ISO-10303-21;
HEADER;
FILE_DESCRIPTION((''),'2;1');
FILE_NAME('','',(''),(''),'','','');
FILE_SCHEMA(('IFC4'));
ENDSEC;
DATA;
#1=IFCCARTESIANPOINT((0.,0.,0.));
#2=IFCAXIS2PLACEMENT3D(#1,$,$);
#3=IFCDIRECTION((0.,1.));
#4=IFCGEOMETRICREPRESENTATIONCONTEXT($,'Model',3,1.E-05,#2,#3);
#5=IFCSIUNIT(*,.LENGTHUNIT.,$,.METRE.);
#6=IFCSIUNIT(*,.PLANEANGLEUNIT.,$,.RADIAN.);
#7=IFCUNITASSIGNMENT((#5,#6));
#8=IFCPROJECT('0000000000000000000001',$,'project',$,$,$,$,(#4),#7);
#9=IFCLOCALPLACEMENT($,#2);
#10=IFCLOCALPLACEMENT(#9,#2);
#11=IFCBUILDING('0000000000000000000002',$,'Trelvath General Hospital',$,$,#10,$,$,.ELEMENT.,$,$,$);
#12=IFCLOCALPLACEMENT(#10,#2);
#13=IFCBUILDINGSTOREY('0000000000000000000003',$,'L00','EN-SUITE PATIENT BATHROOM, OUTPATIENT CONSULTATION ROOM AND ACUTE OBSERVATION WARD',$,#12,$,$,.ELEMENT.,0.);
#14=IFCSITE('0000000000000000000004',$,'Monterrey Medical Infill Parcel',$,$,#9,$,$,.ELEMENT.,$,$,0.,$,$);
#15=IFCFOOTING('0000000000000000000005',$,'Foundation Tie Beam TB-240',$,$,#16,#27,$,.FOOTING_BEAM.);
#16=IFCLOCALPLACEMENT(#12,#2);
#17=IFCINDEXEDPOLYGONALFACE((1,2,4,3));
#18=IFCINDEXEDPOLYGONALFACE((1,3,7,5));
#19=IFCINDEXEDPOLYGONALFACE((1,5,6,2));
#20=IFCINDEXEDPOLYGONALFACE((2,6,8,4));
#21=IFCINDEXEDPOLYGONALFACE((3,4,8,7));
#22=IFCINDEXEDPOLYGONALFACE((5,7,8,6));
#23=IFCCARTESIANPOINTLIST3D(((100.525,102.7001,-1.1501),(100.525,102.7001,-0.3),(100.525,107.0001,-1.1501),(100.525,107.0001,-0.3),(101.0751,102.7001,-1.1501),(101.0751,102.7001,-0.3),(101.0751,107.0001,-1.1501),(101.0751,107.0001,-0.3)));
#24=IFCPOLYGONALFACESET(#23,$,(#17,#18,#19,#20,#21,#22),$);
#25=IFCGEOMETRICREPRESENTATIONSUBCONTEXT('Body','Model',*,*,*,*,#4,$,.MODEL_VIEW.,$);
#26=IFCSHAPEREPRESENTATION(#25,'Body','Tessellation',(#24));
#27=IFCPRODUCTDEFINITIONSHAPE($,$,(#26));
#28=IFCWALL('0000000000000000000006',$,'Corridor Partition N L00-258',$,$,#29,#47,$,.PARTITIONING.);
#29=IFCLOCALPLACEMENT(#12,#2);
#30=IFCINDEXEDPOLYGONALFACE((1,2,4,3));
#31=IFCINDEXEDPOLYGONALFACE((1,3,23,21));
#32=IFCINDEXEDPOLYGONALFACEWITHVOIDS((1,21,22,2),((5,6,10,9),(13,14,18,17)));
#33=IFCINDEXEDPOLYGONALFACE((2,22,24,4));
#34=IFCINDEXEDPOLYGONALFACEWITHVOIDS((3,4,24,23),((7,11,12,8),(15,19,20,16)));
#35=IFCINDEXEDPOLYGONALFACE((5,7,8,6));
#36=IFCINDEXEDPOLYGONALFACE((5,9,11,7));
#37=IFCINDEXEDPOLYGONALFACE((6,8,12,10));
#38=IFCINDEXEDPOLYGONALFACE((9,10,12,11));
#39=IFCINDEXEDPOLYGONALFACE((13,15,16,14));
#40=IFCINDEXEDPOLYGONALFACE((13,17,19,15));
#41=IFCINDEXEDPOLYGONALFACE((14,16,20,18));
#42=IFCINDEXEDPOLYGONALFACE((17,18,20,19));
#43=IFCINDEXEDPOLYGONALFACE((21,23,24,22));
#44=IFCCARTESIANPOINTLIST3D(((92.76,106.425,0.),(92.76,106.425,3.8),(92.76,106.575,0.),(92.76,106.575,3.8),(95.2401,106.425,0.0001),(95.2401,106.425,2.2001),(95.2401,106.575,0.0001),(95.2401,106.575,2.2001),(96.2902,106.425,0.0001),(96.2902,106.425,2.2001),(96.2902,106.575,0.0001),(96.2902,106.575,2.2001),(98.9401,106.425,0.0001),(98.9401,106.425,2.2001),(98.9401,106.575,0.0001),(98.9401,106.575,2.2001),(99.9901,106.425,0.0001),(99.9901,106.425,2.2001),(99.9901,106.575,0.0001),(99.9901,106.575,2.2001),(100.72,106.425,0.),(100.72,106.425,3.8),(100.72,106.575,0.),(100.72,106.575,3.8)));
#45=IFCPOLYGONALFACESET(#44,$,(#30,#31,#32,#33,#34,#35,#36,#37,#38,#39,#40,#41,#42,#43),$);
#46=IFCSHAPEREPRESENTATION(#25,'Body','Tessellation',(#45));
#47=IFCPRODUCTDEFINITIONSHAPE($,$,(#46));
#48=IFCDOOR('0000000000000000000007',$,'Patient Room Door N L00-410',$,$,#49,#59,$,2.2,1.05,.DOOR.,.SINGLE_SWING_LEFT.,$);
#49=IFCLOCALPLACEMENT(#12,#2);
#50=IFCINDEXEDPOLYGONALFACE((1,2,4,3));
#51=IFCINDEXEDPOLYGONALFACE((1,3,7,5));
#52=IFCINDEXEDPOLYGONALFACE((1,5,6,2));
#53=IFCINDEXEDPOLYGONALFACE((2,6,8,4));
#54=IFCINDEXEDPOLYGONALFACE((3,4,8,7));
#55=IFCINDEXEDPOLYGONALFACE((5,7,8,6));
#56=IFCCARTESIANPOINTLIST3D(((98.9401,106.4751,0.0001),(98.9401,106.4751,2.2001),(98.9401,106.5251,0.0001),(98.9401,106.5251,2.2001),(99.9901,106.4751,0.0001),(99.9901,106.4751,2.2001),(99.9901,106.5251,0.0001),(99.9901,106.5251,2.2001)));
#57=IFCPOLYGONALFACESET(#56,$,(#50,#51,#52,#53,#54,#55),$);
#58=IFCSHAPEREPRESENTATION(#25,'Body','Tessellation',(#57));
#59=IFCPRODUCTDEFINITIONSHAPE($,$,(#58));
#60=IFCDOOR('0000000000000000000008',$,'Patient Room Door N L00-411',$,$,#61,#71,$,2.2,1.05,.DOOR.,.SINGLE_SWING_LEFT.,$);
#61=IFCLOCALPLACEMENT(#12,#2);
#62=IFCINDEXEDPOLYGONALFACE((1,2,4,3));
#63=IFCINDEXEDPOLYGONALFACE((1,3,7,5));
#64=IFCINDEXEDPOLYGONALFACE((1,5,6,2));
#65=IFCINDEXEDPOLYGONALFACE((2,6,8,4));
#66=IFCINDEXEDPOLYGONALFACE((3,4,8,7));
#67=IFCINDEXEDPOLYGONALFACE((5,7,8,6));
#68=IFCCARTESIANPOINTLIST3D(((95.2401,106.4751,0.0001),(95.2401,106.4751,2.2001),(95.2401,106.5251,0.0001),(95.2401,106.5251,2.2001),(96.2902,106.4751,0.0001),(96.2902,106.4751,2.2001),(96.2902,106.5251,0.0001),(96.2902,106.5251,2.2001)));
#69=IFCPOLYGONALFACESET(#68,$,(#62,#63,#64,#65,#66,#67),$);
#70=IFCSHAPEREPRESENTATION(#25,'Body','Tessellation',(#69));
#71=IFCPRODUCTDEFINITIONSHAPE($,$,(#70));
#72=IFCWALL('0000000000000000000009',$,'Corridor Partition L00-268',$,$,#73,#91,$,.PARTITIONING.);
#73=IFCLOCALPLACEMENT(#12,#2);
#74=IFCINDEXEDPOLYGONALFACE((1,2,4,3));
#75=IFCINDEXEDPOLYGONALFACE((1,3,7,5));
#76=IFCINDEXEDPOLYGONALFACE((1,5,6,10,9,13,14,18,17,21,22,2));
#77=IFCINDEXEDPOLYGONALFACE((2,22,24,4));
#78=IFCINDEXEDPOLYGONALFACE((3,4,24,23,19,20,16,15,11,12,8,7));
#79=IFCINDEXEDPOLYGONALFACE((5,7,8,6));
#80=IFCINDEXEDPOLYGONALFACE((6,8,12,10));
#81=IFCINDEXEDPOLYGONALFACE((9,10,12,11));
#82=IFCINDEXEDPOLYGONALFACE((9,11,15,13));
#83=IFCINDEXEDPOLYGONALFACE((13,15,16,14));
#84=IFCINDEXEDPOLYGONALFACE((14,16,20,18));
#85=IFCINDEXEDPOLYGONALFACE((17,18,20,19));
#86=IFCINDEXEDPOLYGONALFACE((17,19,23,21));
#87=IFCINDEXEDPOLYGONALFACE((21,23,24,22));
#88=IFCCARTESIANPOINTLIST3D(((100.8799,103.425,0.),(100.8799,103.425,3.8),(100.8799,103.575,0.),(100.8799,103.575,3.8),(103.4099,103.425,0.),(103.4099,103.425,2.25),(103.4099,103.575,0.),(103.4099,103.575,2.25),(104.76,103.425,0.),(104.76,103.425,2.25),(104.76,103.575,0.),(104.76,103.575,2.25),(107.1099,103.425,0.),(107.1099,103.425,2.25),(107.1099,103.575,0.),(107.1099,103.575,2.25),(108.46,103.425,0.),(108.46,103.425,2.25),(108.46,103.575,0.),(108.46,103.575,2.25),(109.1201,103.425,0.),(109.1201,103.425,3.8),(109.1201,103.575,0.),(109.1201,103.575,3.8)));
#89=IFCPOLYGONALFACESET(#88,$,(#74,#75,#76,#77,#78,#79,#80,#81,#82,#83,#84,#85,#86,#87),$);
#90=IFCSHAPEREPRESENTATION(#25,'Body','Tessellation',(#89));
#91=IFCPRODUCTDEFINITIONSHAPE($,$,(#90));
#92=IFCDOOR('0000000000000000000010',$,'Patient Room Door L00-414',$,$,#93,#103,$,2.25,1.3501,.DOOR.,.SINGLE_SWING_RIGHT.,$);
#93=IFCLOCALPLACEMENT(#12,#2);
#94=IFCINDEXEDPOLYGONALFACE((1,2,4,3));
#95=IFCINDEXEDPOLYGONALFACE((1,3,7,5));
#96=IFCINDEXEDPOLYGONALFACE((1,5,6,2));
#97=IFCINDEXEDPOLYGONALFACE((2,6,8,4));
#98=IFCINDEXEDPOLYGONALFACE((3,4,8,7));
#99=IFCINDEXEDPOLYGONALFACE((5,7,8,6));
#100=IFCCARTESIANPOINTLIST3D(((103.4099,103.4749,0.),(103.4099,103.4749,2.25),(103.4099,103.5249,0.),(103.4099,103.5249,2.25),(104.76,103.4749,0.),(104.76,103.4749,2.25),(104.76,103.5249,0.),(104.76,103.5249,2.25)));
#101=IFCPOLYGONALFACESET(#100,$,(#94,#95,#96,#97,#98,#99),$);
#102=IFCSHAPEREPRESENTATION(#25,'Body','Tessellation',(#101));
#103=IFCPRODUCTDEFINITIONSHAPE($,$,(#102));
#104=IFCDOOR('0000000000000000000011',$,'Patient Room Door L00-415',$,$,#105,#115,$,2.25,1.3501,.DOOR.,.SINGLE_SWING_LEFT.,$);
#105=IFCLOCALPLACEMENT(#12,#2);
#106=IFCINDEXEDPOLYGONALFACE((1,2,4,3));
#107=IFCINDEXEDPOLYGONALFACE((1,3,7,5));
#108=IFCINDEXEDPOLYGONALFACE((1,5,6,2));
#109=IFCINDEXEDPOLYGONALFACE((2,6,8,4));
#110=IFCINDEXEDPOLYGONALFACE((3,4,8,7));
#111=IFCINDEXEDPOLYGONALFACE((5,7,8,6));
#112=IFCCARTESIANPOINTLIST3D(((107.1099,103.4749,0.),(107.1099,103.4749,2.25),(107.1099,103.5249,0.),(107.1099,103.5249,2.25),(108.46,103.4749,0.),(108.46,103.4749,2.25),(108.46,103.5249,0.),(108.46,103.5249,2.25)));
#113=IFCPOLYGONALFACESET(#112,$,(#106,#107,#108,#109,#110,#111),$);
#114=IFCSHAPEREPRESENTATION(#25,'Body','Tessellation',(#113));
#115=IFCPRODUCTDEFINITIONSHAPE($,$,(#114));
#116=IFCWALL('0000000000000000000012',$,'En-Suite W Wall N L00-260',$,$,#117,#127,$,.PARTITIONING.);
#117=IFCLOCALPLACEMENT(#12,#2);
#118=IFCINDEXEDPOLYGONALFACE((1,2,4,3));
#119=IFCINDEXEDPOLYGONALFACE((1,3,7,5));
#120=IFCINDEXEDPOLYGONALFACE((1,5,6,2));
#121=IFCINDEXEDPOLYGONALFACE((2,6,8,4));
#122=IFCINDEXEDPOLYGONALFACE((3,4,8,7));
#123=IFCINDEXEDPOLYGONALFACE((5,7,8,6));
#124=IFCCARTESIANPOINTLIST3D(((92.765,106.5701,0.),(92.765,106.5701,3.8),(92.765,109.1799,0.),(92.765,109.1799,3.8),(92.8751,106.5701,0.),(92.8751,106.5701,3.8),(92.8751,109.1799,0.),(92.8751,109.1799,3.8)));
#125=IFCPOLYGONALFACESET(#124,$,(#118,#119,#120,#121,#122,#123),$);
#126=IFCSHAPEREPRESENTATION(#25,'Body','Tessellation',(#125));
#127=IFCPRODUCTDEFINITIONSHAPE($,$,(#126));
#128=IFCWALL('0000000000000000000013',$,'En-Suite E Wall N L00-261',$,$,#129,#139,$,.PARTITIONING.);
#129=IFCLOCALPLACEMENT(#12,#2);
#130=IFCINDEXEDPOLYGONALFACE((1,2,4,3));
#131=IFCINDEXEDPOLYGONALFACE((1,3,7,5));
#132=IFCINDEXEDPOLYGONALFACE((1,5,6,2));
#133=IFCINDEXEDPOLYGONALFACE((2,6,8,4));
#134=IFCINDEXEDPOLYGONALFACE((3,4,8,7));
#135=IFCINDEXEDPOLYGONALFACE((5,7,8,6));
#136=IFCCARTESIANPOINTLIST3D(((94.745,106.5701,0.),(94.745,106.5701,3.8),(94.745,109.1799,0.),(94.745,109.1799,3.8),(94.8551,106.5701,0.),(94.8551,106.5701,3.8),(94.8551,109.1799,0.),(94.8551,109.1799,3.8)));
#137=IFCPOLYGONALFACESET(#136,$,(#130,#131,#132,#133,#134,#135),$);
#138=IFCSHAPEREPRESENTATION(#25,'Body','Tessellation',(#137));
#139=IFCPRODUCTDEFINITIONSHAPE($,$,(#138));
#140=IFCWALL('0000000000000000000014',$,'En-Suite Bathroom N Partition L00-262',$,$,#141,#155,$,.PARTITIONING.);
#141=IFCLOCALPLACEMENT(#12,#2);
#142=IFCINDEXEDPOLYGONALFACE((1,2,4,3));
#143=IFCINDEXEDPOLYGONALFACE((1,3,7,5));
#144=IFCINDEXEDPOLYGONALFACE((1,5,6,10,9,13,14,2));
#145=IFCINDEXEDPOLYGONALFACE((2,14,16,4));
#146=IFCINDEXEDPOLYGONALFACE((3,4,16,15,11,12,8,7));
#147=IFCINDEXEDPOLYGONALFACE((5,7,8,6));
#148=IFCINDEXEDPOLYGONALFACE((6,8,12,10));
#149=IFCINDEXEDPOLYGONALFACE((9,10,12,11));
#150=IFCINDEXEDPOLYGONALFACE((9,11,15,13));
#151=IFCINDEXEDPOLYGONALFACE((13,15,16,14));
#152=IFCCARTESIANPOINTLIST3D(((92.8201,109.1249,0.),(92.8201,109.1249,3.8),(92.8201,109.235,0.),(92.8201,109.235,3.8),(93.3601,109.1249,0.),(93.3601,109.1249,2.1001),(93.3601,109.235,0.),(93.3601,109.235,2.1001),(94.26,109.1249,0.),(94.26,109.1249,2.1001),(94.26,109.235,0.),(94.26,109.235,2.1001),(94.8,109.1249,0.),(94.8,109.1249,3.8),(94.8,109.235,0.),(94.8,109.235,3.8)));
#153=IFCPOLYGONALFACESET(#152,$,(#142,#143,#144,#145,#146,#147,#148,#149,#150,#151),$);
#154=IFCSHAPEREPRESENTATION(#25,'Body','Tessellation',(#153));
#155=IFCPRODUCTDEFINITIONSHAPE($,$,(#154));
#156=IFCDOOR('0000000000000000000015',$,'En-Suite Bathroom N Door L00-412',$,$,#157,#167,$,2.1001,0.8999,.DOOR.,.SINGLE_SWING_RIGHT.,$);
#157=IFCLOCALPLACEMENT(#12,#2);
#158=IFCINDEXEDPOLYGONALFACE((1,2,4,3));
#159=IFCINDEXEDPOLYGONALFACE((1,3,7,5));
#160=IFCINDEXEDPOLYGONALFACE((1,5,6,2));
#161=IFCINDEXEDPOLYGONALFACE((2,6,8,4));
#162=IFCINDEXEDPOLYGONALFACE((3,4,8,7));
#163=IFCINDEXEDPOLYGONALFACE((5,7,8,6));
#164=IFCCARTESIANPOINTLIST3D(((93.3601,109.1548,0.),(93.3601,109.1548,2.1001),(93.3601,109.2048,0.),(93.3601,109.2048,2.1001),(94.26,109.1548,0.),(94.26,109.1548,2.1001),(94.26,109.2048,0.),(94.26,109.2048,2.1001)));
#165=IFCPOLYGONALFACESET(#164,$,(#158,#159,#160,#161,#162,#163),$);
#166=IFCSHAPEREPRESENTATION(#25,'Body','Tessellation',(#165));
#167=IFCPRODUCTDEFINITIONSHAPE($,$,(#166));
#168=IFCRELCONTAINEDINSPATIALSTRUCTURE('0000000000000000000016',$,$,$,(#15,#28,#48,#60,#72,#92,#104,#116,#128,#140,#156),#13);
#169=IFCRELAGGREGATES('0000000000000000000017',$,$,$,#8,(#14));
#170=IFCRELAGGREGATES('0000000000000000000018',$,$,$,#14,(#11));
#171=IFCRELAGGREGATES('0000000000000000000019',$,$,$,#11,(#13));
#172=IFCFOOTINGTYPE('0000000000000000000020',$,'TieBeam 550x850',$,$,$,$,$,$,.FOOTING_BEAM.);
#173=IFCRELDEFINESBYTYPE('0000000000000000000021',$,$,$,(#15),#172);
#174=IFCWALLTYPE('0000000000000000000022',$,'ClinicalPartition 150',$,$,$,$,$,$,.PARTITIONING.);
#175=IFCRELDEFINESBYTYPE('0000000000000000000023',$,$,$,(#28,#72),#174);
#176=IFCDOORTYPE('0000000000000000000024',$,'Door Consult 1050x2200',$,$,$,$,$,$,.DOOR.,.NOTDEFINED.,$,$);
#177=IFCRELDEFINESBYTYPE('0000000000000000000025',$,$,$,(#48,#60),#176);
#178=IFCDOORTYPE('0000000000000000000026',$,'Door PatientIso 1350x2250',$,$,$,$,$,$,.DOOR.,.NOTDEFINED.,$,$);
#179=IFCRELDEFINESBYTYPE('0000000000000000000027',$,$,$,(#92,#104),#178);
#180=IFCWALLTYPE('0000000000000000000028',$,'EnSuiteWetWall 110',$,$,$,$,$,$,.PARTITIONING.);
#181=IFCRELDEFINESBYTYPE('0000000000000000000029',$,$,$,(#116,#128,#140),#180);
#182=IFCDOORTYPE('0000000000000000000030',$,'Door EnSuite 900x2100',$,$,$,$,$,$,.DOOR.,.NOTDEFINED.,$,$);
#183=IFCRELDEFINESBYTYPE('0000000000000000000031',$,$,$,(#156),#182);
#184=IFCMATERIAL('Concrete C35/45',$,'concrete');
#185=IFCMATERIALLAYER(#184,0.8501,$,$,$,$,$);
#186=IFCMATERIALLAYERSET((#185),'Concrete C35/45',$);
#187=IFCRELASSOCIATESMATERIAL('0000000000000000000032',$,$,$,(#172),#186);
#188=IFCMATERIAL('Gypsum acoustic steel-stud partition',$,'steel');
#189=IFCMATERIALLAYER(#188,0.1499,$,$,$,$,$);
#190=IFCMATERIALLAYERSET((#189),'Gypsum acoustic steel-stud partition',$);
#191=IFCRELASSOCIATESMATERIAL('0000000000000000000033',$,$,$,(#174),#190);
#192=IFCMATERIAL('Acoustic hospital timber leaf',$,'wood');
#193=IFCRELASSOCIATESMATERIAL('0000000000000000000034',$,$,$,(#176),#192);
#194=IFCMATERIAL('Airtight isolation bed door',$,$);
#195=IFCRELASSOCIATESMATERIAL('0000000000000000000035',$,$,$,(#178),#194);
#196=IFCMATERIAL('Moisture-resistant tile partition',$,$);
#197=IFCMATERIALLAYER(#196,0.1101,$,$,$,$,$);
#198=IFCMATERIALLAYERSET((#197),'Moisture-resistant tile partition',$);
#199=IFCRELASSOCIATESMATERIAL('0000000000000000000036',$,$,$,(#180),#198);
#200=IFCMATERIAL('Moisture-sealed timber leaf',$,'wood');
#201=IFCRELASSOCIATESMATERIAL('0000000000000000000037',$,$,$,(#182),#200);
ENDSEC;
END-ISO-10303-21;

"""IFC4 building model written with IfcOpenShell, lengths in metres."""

from ifc_helpers import new_model, si_unit, direction, frame, frame_2d, origin, origin_2d, place, context, subcontext, project, spatial, rectangle, extrude, material, layer, layer_set, type_object, element, fill, save


model = new_model("IFC4")

# Units and contexts
model_context = context("Model", 3, precision=1e-05, world=origin(), true_north=direction((0.0, 1.0)))
body_context = subcontext(model_context, "Body", "Model", "MODEL_VIEW")
ifc_project = project(units=[si_unit("LENGTHUNIT", "METRE"), si_unit("PLANEANGLEUNIT", "RADIAN")], contexts=[model_context])

# Site, building, storey
site_placement = place(None, origin())
site = spatial("IfcSite", under=ifc_project, at=site_placement, Name="Monterrey Medical Infill Parcel", CompositionType="ELEMENT", RefElevation=0.0)
building_placement = place(site_placement, origin())
building = spatial("IfcBuilding", under=site, at=building_placement, Name="Trelvath General Hospital", CompositionType="ELEMENT")
storey_placement = place(building_placement, origin())
storey = spatial("IfcBuildingStorey", under=building, at=storey_placement, Name="L00", Description="EN-SUITE PATIENT BATHROOM, OUTPATIENT CONSULTATION ROOM AND ACUTE OBSERVATION WARD", CompositionType="ELEMENT", Elevation=0.0)

# Footing
ifc_material_1 = material(Name="Concrete C35/45", Category="concrete")
ifc_layer_1 = layer(ifc_material_1, 0.8501)
ifc_layer_set_1 = layer_set([ifc_layer_1], Name="Concrete C35/45")
footing_type = type_object("IfcFootingType", Name="TieBeam 550x850", PredefinedType="FOOTING_BEAM", material=ifc_layer_set_1)
footing_placement = place(storey_placement, frame((100.8, 104.8501, -1.1501), z_axis=(0.0, 0.0, 1.0), x_axis=(1.0, 0.0, 0.0)))
element("IfcFooting", 1, at=footing_placement, inside=storey, type_object=footing_type, Name="Foundation Tie Beam TB-240", PredefinedType="FOOTING_BEAM", context=body_context, shape_type="SweptSolid", body=[
    extrude(rectangle(XDim=0.55, YDim=4.3, at=origin_2d()), origin(), (0.0, 0.0, 1.0), 0.8501),
])

# Walls, openings, doors
ifc_material_2 = material(Name="Gypsum acoustic steel-stud partition", Category="steel")
ifc_layer_2 = layer(ifc_material_2, 0.1499)
ifc_layer_set_2 = layer_set([ifc_layer_2], Name="Gypsum acoustic steel-stud partition")
wall_type_1 = type_object("IfcWallType", Name="ClinicalPartition 150", PredefinedType="PARTITIONING", material=ifc_layer_set_2)
wall_1_placement = place(storey_placement, frame((100.72, 106.5, 0.0), z_axis=(0.0, 0.0, 1.0), x_axis=(-1.0, 0.0, 0.0)))
wall_1 = element("IfcWall", 2, at=wall_1_placement, inside=storey, type_object=wall_type_1, Name="Corridor Partition N L00-258", PredefinedType="PARTITIONING", context=body_context, shape_type="SweptSolid", body=[
    extrude(rectangle(XDim=7.96, YDim=0.1499, at=frame_2d((3.98, 0.0))), origin(), (0.0, 0.0, 1.0), 3.8),
])
opening_1_placement = place(wall_1_placement, frame((0.73, 0.0, 0.0)))
opening_1 = element("IfcOpeningElement", 3, at=opening_1_placement, cuts=wall_1, PredefinedType="OPENING", context=body_context, shape_type="SweptSolid", body=[
    extrude(rectangle(XDim=1.05, YDim=2.2, at=frame_2d((0.5249, 1.1001))), frame((0.0, 0.085, 0.0), z_axis=(0.0, -1.0, 0.0), x_axis=(1.0, 0.0, 0.0)), (0.0, 0.0, 1.0), 0.1699),
])
opening_2_placement = place(wall_1_placement, frame((4.4299, 0.0, 0.0)))
opening_2 = element("IfcOpeningElement", 4, at=opening_2_placement, cuts=wall_1, PredefinedType="OPENING", context=body_context, shape_type="SweptSolid", body=[
    extrude(rectangle(XDim=1.05, YDim=2.2, at=frame_2d((0.5249, 1.1001))), frame((0.0, 0.085, 0.0), z_axis=(0.0, -1.0, 0.0), x_axis=(1.0, 0.0, 0.0)), (0.0, 0.0, 1.0), 0.1699),
])
ifc_material_3 = material(Name="Acoustic hospital timber leaf", Category="wood")
door_type_1 = type_object("IfcDoorType", Name="Door Consult 1050x2200", OperationType="NOTDEFINED", PredefinedType="DOOR", material=ifc_material_3)
door_1_placement = place(opening_1_placement, origin())
door_1 = element("IfcDoor", 5, at=door_1_placement, inside=storey, type_object=door_type_1, Name="Patient Room Door N L00-410", OperationType="SINGLE_SWING_LEFT", OverallHeight=2.2, OverallWidth=1.05, PredefinedType="DOOR", context=body_context, shape_type="SweptSolid", body=[
    extrude(rectangle(XDim=1.05, YDim=2.2, at=frame_2d((0.5249, 1.1001))), frame((0.0, 0.0249, 0.0), z_axis=(0.0, -1.0, 0.0), x_axis=(1.0, 0.0, 0.0)), (0.0, 0.0, 1.0), 0.05),
])
fill(opening_1, door_1)
door_2_placement = place(opening_2_placement, origin())
door_2 = element("IfcDoor", 6, at=door_2_placement, inside=storey, type_object=door_type_1, Name="Patient Room Door N L00-411", OperationType="SINGLE_SWING_LEFT", OverallHeight=2.2, OverallWidth=1.05, PredefinedType="DOOR", context=body_context, shape_type="SweptSolid", body=[
    extrude(rectangle(XDim=1.05, YDim=2.2, at=frame_2d((0.5249, 1.1001))), frame((0.0, 0.0249, 0.0), z_axis=(0.0, -1.0, 0.0), x_axis=(1.0, 0.0, 0.0)), (0.0, 0.0, 1.0), 0.05),
])
fill(opening_2, door_2)
wall_2_placement = place(storey_placement, frame((100.8799, 103.5, 0.0), z_axis=(0.0, 0.0, 1.0), x_axis=(1.0, 0.0, 0.0)))
wall_2 = element("IfcWall", 7, at=wall_2_placement, inside=storey, type_object=wall_type_1, Name="Corridor Partition L00-268", PredefinedType="PARTITIONING", context=body_context, shape_type="SweptSolid", body=[
    extrude(rectangle(XDim=8.2402, YDim=0.1499, at=frame_2d((4.1201, 0.0))), origin(), (0.0, 0.0, 1.0), 3.8),
])
opening_3_placement = place(wall_2_placement, frame((2.53, 0.0, 0.0)))
opening_3 = element("IfcOpeningElement", 8, at=opening_3_placement, cuts=wall_2, PredefinedType="OPENING", context=body_context, shape_type="SweptSolid", body=[
    extrude(rectangle(XDim=1.3501, YDim=2.25, at=frame_2d((0.675, 1.125))), frame((0.0, 0.085, 0.0), z_axis=(0.0, -1.0, 0.0), x_axis=(1.0, 0.0, 0.0)), (0.0, 0.0, 1.0), 0.1699),
])
opening_4_placement = place(wall_2_placement, frame((6.23, 0.0, 0.0)))
opening_4 = element("IfcOpeningElement", 9, at=opening_4_placement, cuts=wall_2, PredefinedType="OPENING", context=body_context, shape_type="SweptSolid", body=[
    extrude(rectangle(XDim=1.3501, YDim=2.25, at=frame_2d((0.675, 1.125))), frame((0.0, 0.085, 0.0), z_axis=(0.0, -1.0, 0.0), x_axis=(1.0, 0.0, 0.0)), (0.0, 0.0, 1.0), 0.1699),
])
ifc_material_4 = material(Name="Airtight isolation bed door")
door_type_2 = type_object("IfcDoorType", Name="Door PatientIso 1350x2250", OperationType="NOTDEFINED", PredefinedType="DOOR", material=ifc_material_4)
door_3_placement = place(opening_3_placement, origin())
door_3 = element("IfcDoor", 10, at=door_3_placement, inside=storey, type_object=door_type_2, Name="Patient Room Door L00-414", OperationType="SINGLE_SWING_RIGHT", OverallHeight=2.25, OverallWidth=1.3501, PredefinedType="DOOR", context=body_context, shape_type="SweptSolid", body=[
    extrude(rectangle(XDim=1.3501, YDim=2.25, at=frame_2d((0.675, 1.125))), frame((0.0, 0.0249, 0.0), z_axis=(0.0, -1.0, 0.0), x_axis=(1.0, 0.0, 0.0)), (0.0, 0.0, 1.0), 0.05),
])
fill(opening_3, door_3)
door_4_placement = place(opening_4_placement, origin())
door_4 = element("IfcDoor", 11, at=door_4_placement, inside=storey, type_object=door_type_2, Name="Patient Room Door L00-415", OperationType="SINGLE_SWING_LEFT", OverallHeight=2.25, OverallWidth=1.3501, PredefinedType="DOOR", context=body_context, shape_type="SweptSolid", body=[
    extrude(rectangle(XDim=1.3501, YDim=2.25, at=frame_2d((0.675, 1.125))), frame((0.0, 0.0249, 0.0), z_axis=(0.0, -1.0, 0.0), x_axis=(1.0, 0.0, 0.0)), (0.0, 0.0, 1.0), 0.05),
])
fill(opening_4, door_4)

# Walls
ifc_material_5 = material(Name="Moisture-resistant tile partition")
ifc_layer_3 = layer(ifc_material_5, 0.1101)
ifc_layer_set_3 = layer_set([ifc_layer_3], Name="Moisture-resistant tile partition")
wall_type_2 = type_object("IfcWallType", Name="EnSuiteWetWall 110", PredefinedType="PARTITIONING", material=ifc_layer_set_3)
for number, where, z_axis, x_axis, name in (
    (12, (92.8201, 106.5701, 0.0), (0.0, 0.0, 1.0), (0.0, 1.0, 0.0), "En-Suite W Wall N L00-260"),
    (13, (94.8, 106.5701, 0.0), (0.0, 0.0, 1.0), (0.0, 1.0, 0.0), "En-Suite E Wall N L00-261"),
):
    element("IfcWall", number, at=place(storey_placement, frame(where, z_axis=z_axis, x_axis=x_axis)), inside=storey, type_object=wall_type_2, Name=name, PredefinedType="PARTITIONING", context=body_context, shape_type="SweptSolid", body=[
        extrude(rectangle(XDim=2.6099, YDim=0.1101, at=frame_2d((1.3049, 0.0))), origin(), (0.0, 0.0, 1.0), 3.8),
    ])

# Wall, opening, door
wall_3_placement = place(storey_placement, frame((92.8201, 109.1799, 0.0), z_axis=(0.0, 0.0, 1.0), x_axis=(1.0, 0.0, 0.0)))
wall_3 = element("IfcWall", 14, at=wall_3_placement, inside=storey, type_object=wall_type_2, Name="En-Suite Bathroom N Partition L00-262", PredefinedType="PARTITIONING", context=body_context, shape_type="SweptSolid", body=[
    extrude(rectangle(XDim=1.98, YDim=0.1101, at=frame_2d((0.99, 0.0))), origin(), (0.0, 0.0, 1.0), 3.8),
])
opening_5_placement = place(wall_3_placement, frame((0.54, 0.0, 0.0)))
opening_5 = element("IfcOpeningElement", 15, at=opening_5_placement, cuts=wall_3, PredefinedType="OPENING", context=body_context, shape_type="SweptSolid", body=[
    extrude(rectangle(XDim=0.8999, YDim=2.1001, at=frame_2d((0.45, 1.05))), frame((0.0, 0.0649, 0.0), z_axis=(0.0, -1.0, 0.0), x_axis=(1.0, 0.0, 0.0)), (0.0, 0.0, 1.0), 0.1301),
])
ifc_material_6 = material(Name="Moisture-sealed timber leaf", Category="wood")
door_type_3 = type_object("IfcDoorType", Name="Door EnSuite 900x2100", OperationType="NOTDEFINED", PredefinedType="DOOR", material=ifc_material_6)
door_5_placement = place(opening_5_placement, origin())
door_5 = element("IfcDoor", 16, at=door_5_placement, inside=storey, type_object=door_type_3, Name="En-Suite Bathroom N Door L00-412", OperationType="SINGLE_SWING_RIGHT", OverallHeight=2.1001, OverallWidth=0.8999, PredefinedType="DOOR", context=body_context, shape_type="SweptSolid", body=[
    extrude(rectangle(XDim=0.8999, YDim=2.1001, at=frame_2d((0.45, 1.05))), frame((0.0, 0.0249, 0.0), z_axis=(0.0, -1.0, 0.0), x_axis=(1.0, 0.0, 0.0)), (0.0, 0.0, 1.0), 0.05),
])
fill(opening_5, door_5)

save(model, "model.ifc")
